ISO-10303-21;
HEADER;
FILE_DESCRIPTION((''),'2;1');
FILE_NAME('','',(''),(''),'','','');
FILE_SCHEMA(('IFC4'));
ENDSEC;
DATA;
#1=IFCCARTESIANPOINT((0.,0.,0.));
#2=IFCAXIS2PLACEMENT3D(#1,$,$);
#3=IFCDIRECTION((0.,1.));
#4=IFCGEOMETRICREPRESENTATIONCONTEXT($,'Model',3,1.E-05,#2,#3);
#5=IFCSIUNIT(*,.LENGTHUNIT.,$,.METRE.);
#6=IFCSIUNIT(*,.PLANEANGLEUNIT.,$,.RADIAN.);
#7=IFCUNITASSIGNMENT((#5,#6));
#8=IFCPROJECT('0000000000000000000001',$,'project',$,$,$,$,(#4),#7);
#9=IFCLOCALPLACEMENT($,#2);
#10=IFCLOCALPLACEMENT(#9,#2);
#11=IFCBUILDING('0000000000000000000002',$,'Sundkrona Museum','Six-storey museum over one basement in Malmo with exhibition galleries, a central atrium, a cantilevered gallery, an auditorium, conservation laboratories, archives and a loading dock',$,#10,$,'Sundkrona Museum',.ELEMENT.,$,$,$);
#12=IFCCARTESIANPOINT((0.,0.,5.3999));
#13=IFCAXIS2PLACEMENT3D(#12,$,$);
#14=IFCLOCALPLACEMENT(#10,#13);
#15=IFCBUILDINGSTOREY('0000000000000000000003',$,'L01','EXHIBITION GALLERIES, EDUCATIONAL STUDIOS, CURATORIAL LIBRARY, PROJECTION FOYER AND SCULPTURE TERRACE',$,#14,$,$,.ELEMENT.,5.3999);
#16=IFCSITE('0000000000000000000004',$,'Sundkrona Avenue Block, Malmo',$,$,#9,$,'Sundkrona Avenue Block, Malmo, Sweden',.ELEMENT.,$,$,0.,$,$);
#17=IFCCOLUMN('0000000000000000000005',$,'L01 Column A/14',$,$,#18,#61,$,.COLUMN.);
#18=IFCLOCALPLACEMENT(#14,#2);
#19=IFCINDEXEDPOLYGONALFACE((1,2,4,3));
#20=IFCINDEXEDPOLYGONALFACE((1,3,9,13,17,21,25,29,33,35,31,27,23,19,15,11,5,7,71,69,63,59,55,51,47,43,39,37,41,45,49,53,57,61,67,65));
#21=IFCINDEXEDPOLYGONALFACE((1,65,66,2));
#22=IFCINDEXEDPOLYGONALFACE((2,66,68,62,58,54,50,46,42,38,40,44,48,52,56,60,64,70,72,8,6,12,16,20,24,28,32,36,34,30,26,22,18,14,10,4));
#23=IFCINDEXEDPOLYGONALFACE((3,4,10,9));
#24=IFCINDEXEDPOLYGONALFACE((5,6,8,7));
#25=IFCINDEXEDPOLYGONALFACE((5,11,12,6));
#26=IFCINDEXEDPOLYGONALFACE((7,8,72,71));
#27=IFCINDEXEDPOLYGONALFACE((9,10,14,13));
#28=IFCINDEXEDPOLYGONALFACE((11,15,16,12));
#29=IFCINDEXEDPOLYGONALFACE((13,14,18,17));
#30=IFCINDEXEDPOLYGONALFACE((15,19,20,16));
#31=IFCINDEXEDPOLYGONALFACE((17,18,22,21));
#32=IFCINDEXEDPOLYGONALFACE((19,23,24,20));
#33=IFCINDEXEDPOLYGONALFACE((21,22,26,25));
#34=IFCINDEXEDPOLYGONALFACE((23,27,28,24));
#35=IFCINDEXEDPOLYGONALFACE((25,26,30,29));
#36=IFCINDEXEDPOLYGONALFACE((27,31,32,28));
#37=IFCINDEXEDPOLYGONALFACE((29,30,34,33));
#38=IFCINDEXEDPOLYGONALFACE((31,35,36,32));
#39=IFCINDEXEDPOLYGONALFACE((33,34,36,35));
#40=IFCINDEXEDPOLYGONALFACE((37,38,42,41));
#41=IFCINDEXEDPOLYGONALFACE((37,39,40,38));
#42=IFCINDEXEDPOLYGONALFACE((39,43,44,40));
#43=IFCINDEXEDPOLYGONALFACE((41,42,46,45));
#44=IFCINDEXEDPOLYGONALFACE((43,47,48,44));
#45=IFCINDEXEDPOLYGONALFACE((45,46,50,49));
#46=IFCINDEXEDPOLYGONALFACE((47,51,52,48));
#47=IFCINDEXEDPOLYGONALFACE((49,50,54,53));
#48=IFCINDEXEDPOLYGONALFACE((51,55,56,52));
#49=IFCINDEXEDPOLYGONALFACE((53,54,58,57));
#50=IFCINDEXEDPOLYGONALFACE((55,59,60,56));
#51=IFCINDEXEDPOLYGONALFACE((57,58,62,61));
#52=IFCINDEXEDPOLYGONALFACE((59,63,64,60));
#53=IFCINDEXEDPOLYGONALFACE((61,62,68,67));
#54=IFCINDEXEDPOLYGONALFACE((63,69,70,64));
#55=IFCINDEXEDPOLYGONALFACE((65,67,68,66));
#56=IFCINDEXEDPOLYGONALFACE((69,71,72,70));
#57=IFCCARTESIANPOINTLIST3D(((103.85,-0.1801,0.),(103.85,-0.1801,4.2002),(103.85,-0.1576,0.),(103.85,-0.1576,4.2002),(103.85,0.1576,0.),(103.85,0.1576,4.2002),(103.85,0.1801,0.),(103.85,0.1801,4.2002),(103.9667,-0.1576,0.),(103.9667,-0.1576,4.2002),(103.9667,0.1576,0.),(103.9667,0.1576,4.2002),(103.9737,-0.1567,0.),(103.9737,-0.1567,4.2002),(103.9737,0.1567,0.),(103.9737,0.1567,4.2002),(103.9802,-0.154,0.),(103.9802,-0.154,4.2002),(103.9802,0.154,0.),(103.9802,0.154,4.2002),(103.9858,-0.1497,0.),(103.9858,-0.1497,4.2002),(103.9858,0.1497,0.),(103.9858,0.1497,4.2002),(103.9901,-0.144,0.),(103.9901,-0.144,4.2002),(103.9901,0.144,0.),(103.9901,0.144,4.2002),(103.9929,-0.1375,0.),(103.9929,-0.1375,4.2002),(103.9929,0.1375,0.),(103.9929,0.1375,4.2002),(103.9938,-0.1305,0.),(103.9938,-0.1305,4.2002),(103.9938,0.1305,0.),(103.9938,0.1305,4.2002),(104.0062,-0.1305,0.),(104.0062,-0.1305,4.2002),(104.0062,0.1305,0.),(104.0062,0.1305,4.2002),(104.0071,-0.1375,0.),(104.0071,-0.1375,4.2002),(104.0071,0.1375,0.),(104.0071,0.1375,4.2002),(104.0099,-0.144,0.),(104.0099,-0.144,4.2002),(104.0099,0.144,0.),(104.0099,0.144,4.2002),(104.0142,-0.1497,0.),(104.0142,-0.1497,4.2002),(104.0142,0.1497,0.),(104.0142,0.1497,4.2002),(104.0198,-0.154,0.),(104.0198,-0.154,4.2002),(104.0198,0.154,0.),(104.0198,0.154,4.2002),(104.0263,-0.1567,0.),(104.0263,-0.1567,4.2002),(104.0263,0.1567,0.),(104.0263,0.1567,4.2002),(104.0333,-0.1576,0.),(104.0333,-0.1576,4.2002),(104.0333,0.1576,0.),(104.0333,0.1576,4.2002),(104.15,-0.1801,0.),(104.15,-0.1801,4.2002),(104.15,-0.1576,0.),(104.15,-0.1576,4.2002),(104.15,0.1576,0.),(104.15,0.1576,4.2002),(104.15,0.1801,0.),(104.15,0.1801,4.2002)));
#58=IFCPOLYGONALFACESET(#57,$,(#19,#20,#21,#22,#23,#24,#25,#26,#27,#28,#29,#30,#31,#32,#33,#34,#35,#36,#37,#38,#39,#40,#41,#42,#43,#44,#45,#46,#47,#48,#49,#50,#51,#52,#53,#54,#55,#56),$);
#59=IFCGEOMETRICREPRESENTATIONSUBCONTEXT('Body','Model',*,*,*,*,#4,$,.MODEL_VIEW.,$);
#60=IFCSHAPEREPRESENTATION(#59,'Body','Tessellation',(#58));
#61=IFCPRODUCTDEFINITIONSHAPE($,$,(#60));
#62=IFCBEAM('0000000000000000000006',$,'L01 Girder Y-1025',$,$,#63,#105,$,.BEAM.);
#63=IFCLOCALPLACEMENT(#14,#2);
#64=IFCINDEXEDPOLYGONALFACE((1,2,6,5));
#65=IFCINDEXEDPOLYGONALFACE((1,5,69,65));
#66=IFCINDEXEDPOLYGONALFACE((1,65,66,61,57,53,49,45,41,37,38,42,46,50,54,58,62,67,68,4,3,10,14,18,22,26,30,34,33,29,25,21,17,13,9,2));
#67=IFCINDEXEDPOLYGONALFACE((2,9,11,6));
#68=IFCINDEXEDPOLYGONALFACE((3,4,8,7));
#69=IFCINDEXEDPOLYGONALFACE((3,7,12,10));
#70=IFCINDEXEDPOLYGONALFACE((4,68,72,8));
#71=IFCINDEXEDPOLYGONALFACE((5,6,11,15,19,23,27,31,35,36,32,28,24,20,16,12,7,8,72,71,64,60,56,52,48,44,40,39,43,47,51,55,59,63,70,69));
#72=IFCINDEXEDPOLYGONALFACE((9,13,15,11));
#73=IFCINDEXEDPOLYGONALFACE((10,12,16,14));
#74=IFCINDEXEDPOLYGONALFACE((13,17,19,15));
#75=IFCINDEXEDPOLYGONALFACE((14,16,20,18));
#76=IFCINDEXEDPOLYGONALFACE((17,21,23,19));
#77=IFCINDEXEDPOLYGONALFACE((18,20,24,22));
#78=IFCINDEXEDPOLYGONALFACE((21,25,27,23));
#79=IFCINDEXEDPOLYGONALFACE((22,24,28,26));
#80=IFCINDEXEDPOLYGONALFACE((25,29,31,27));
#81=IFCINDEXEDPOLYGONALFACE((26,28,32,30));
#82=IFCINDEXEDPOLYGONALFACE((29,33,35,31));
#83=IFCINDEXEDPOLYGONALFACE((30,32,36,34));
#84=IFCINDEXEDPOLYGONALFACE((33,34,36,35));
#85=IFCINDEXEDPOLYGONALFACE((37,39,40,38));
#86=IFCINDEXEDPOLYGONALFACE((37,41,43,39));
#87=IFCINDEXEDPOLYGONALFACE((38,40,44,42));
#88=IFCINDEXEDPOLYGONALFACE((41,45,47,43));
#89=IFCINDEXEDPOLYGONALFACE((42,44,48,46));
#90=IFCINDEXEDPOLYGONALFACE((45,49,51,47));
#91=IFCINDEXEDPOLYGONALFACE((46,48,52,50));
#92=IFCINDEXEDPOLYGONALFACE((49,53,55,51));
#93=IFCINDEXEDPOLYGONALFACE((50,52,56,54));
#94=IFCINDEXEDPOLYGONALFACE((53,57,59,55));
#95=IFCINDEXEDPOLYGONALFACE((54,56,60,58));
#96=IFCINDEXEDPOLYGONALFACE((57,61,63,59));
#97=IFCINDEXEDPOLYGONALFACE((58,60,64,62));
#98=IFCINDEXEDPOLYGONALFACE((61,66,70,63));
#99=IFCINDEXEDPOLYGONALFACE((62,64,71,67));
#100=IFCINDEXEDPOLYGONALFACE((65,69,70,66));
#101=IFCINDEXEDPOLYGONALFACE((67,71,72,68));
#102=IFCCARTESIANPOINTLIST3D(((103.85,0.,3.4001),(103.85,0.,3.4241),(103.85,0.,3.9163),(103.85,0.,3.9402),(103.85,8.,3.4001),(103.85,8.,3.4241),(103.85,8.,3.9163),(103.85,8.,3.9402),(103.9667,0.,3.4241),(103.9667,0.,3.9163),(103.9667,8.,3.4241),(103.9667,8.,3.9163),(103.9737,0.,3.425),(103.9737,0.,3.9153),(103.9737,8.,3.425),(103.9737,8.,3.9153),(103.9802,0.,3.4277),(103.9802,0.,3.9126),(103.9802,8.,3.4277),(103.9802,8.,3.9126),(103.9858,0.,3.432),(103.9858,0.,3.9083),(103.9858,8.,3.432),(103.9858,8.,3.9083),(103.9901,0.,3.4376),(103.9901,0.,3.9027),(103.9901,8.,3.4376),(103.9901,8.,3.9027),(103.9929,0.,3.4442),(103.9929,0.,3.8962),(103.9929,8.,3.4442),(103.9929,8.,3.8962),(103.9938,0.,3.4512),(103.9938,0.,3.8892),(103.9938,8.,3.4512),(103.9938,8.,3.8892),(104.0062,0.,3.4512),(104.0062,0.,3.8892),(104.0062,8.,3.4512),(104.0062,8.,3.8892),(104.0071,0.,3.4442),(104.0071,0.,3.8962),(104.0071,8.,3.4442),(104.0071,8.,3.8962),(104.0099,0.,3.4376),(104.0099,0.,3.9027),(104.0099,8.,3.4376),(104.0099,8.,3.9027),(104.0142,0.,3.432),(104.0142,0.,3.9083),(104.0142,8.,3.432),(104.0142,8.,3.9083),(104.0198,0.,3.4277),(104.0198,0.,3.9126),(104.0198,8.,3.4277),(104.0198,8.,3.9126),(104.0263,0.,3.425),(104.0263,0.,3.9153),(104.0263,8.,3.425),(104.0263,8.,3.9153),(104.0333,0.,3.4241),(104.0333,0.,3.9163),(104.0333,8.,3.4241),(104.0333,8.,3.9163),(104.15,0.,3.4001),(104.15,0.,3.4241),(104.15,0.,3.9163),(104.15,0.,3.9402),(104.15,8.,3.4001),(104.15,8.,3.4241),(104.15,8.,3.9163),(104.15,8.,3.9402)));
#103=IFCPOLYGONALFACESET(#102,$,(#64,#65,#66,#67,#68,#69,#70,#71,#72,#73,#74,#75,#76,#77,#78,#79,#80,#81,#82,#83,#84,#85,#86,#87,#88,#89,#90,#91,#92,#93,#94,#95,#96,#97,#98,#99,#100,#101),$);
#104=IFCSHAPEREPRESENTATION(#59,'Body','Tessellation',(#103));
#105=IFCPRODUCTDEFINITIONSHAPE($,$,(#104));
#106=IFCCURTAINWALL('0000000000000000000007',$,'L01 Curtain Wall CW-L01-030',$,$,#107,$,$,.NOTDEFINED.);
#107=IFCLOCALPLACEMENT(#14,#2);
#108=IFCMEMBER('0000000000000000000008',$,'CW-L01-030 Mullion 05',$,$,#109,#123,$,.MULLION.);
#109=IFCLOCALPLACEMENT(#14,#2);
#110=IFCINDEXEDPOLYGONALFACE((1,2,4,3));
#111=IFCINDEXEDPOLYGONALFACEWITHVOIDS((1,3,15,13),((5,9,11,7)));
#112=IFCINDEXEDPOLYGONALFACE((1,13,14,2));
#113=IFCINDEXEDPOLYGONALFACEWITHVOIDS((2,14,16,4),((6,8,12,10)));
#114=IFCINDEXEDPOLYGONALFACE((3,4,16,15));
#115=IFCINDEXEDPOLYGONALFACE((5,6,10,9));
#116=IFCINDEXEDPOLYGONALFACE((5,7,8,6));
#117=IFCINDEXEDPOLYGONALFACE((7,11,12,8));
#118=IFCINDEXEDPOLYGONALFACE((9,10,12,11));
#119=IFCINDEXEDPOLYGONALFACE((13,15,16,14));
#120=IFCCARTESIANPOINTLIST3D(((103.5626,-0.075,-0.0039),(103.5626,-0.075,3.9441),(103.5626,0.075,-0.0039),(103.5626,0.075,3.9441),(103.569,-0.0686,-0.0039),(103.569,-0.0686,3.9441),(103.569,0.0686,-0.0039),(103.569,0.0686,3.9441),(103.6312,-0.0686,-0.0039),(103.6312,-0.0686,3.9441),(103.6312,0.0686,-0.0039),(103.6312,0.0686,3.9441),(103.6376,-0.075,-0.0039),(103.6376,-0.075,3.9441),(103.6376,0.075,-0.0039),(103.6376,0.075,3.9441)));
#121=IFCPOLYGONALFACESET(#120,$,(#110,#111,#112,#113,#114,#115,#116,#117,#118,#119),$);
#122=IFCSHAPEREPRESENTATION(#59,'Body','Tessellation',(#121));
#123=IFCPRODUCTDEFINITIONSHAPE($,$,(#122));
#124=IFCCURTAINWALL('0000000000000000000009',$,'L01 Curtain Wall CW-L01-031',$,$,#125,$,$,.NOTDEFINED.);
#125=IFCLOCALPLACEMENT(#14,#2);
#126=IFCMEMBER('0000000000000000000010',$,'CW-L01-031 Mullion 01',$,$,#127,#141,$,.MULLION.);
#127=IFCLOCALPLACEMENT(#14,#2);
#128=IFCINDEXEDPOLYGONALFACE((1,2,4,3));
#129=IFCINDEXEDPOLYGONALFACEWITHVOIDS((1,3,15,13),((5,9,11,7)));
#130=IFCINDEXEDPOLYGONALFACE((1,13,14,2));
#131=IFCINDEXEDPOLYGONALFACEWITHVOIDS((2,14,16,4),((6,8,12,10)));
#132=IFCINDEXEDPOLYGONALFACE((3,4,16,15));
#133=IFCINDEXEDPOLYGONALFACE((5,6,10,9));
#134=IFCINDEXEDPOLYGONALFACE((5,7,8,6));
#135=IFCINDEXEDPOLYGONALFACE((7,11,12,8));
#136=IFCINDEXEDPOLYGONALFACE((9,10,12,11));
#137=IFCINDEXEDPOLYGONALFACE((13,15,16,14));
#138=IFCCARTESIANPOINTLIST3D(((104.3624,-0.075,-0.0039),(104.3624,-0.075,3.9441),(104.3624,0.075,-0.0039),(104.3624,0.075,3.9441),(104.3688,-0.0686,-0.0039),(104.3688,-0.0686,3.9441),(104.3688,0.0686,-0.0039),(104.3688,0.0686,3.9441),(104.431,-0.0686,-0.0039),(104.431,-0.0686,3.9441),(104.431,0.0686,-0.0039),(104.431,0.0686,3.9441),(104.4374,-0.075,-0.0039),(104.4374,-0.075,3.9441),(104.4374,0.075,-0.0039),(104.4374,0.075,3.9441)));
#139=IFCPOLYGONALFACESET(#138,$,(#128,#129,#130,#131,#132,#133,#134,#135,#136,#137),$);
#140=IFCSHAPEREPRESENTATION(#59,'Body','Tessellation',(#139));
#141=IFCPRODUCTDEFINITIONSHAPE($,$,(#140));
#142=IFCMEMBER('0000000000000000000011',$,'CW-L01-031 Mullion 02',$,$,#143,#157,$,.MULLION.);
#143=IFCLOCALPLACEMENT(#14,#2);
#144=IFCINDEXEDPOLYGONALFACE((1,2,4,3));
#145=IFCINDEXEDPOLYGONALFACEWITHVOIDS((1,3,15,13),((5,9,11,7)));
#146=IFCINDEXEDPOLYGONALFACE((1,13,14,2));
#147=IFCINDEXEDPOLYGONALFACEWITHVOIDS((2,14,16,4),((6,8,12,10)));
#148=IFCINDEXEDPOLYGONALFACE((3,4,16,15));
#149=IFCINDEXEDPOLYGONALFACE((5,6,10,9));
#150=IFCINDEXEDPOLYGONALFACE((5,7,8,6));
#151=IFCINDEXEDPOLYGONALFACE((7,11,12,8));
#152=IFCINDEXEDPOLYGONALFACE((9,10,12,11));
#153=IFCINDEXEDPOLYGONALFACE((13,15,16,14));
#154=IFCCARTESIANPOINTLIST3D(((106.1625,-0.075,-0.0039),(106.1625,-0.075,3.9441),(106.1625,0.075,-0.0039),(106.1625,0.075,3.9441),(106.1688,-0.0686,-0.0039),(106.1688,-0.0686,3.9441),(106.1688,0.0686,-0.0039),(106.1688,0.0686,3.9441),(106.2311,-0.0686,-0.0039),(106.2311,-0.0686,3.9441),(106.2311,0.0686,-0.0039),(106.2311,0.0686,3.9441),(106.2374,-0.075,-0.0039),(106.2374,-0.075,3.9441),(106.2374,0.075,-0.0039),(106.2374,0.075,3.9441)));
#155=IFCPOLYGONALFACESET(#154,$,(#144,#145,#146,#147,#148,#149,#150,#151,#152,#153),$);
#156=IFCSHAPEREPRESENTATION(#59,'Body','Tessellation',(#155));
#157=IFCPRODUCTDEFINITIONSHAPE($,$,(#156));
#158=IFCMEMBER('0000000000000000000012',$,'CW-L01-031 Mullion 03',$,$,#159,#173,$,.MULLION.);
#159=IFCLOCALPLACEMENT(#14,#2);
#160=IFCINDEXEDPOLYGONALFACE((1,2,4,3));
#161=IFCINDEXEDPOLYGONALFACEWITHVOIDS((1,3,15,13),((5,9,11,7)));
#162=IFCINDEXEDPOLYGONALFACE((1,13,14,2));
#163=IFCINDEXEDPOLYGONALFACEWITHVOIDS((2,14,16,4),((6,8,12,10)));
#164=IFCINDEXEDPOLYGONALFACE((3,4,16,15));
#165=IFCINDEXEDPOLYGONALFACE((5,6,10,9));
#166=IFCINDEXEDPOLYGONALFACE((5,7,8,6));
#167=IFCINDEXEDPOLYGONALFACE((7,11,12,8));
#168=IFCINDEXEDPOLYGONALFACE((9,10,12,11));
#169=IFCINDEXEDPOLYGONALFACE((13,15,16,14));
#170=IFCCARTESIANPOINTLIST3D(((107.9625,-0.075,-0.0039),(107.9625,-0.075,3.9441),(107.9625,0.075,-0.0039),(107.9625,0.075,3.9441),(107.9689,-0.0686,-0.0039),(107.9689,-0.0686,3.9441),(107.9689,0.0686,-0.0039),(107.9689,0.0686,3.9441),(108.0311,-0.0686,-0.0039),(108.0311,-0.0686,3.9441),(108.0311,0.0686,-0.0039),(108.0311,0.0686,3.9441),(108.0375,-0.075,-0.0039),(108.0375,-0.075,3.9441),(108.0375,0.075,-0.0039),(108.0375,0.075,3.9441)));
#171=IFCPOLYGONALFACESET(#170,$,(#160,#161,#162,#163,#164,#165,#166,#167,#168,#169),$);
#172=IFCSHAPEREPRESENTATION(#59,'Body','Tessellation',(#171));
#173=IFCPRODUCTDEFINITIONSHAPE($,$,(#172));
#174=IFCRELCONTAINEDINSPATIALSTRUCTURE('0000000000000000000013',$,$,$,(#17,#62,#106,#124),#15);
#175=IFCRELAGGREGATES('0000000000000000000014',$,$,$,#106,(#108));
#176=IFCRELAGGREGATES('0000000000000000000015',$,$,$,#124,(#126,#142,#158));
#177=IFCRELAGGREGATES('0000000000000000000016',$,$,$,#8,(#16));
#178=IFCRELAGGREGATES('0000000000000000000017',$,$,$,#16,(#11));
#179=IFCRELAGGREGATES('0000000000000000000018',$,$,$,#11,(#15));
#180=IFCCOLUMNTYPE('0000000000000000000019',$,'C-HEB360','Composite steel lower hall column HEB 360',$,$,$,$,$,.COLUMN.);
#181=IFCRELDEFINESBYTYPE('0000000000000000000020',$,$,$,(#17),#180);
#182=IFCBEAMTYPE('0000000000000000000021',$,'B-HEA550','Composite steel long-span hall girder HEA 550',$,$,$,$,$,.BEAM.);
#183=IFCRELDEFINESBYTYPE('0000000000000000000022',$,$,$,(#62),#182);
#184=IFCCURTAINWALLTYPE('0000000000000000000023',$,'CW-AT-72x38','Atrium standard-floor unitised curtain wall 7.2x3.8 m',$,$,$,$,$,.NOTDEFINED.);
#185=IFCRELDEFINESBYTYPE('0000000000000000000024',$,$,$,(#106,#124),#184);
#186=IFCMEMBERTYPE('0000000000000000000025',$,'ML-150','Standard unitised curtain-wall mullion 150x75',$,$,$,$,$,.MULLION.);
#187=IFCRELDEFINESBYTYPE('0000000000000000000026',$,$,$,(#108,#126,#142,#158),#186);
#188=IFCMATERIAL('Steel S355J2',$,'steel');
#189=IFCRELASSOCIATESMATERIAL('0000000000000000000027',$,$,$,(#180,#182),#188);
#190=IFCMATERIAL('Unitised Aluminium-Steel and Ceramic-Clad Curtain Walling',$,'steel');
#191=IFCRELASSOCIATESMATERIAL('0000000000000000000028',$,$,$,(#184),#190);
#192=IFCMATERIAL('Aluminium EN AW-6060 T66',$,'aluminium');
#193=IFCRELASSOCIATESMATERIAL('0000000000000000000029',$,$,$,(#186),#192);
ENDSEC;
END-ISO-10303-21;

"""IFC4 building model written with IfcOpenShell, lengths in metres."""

from ifc_helpers import new_model, si_unit, direction, frame, origin, origin_2d, place, context, subcontext, project, spatial, hollow_rectangle, i_section, extrude, material, material_profile, profile_set, type_object, element, aggregate, save


model = new_model("IFC4")

# Units and contexts
model_context = context("Model", 3, precision=1e-05, world=origin(), true_north=direction((0.0, 1.0)))
body_context = subcontext(model_context, "Body", "Model", "MODEL_VIEW")
ifc_project = project(units=[si_unit("LENGTHUNIT", "METRE"), si_unit("PLANEANGLEUNIT", "RADIAN")], contexts=[model_context])

# Site, building, storey
site_placement = place(None, origin())
site = spatial("IfcSite", under=ifc_project, at=site_placement, Name="Sundkrona Avenue Block, Malmo", LongName="Sundkrona Avenue Block, Malmo, Sweden", CompositionType="ELEMENT", RefElevation=0.0)
building_placement = place(site_placement, origin())
building = spatial("IfcBuilding", under=site, at=building_placement, Name="Sundkrona Museum", Description="Six-storey museum over one basement in Malmo with exhibition galleries, a central atrium, a cantilevered gallery, an auditorium, conservation laboratories, archives and a loading dock", LongName="Sundkrona Museum", CompositionType="ELEMENT")
storey_placement = place(building_placement, frame((0.0, 0.0, 5.3999)))
storey = spatial("IfcBuildingStorey", under=building, at=storey_placement, Name="L01", Description="EXHIBITION GALLERIES, EDUCATIONAL STUDIOS, CURATORIAL LIBRARY, PROJECTION FOYER AND SCULPTURE TERRACE", CompositionType="ELEMENT", Elevation=5.3999)

# Column
ifc_material_1 = material(Name="Steel S355J2", Category="steel")
ifc_material_profile_1 = material_profile(ifc_material_1, i_section(OverallWidth=0.3, OverallDepth=0.3601, WebThickness=0.0125, FlangeThickness=0.0225, FilletRadius=0.0271, at=origin_2d()), Name="HEB 360")
ifc_profile_set_1 = profile_set([ifc_material_profile_1], Name="Steel S355J2")
column_type = type_object("IfcColumnType", Name="C-HEB360", Description="Composite steel lower hall column HEB 360", PredefinedType="COLUMN", material=ifc_profile_set_1)
column_placement = place(storey_placement, frame((104.0, 0.0, 0.0), z_axis=(0.0, 0.0, 1.0), x_axis=(1.0, 0.0, 0.0)))
element("IfcColumn", 1, at=column_placement, inside=storey, type_object=column_type, Name="L01 Column A/14", PredefinedType="COLUMN", context=body_context, shape_type="SweptSolid", body=[
    extrude(i_section(OverallWidth=0.3, OverallDepth=0.3601, WebThickness=0.0125, FlangeThickness=0.0225, FilletRadius=0.0271, at=origin_2d()), origin(), (0.0, 0.0, 1.0), 4.2002),
])

# Beam
ifc_material_profile_2 = material_profile(ifc_material_1, i_section(OverallWidth=0.3, OverallDepth=0.54, WebThickness=0.0125, FlangeThickness=0.0239, FilletRadius=0.0271, at=origin_2d()), Name="HEA 550")
ifc_profile_set_2 = profile_set([ifc_material_profile_2], Name="Steel S355J2")
beam_type_1 = type_object("IfcBeamType", Name="B-HEA550", Description="Composite steel long-span hall girder HEA 550", PredefinedType="BEAM", material=ifc_profile_set_2)
beam_1_placement = place(storey_placement, frame((104.0, 0.0, 3.6702), z_axis=(0.0, 1.0, 0.0), x_axis=(-1.0, 0.0, 0.0)))
element("IfcBeam", 2, at=beam_1_placement, inside=storey, type_object=beam_type_1, Name="L01 Girder Y-1025", PredefinedType="BEAM", context=body_context, shape_type="SweptSolid", body=[
    extrude(i_section(OverallWidth=0.3, OverallDepth=0.54, WebThickness=0.0125, FlangeThickness=0.0239, FilletRadius=0.0271, at=origin_2d()), origin(), (0.0, 0.0, 1.0), 8.0),
])

# Curtain wall, member
ifc_material_2 = material(Name="Unitised Aluminium-Steel and Ceramic-Clad Curtain Walling", Category="steel")
curtain_wall_type = type_object("IfcCurtainWallType", Name="CW-AT-72x38", Description="Atrium standard-floor unitised curtain wall 7.2x3.8 m", PredefinedType="NOTDEFINED", material=ifc_material_2)
curtain_wall_1_placement = place(storey_placement, origin())
curtain_wall_1 = element("IfcCurtainWall", 3, at=curtain_wall_1_placement, inside=storey, type_object=curtain_wall_type, Name="L01 Curtain Wall CW-L01-030", PredefinedType="NOTDEFINED")
ifc_material_3 = material(Name="Aluminium EN AW-6060 T66", Category="aluminium")
ifc_material_profile_3 = material_profile(ifc_material_3, hollow_rectangle(XDim=0.075, YDim=0.1499, WallThickness=0.0063, at=origin_2d()), Name="RHS 150x75x6.3")
ifc_profile_set_3 = profile_set([ifc_material_profile_3], Name="Aluminium EN AW-6060 T66")
member_type_1 = type_object("IfcMemberType", Name="ML-150", Description="Standard unitised curtain-wall mullion 150x75", PredefinedType="MULLION", material=ifc_profile_set_3)
member_1_placement = place(storey_placement, frame((103.6001, 0.0, -0.0039), z_axis=(0.0, 0.0, 1.0), x_axis=(1.0, 0.0, 0.0)))
member_1 = element("IfcMember", 4, at=member_1_placement, type_object=member_type_1, Name="CW-L01-030 Mullion 05", PredefinedType="MULLION", context=body_context, shape_type="SweptSolid", body=[
    extrude(hollow_rectangle(XDim=0.075, YDim=0.1499, WallThickness=0.0063, at=origin_2d()), origin(), (0.0, 0.0, 1.0), 3.948),
])
aggregate(curtain_wall_1, [member_1])

# Curtain wall, members
curtain_wall_2_placement = place(storey_placement, origin())
curtain_wall_2 = element("IfcCurtainWall", 5, at=curtain_wall_2_placement, inside=storey, type_object=curtain_wall_type, Name="L01 Curtain Wall CW-L01-031", PredefinedType="NOTDEFINED")
member_2_placement = place(storey_placement, frame((104.3999, 0.0, -0.0039), z_axis=(0.0, 0.0, 1.0), x_axis=(1.0, 0.0, 0.0)))
member_2 = element("IfcMember", 6, at=member_2_placement, type_object=member_type_1, Name="CW-L01-031 Mullion 01", PredefinedType="MULLION", context=body_context, shape_type="SweptSolid", body=[
    extrude(hollow_rectangle(XDim=0.075, YDim=0.1499, WallThickness=0.0063, at=origin_2d()), origin(), (0.0, 0.0, 1.0), 3.948),
])
member_3_placement = place(storey_placement, frame((106.2, 0.0, -0.0039), z_axis=(0.0, 0.0, 1.0), x_axis=(1.0, 0.0, 0.0)))
member_3 = element("IfcMember", 7, at=member_3_placement, type_object=member_type_1, Name="CW-L01-031 Mullion 02", PredefinedType="MULLION", context=body_context, shape_type="SweptSolid", body=[
    extrude(hollow_rectangle(XDim=0.075, YDim=0.1499, WallThickness=0.0063, at=origin_2d()), origin(), (0.0, 0.0, 1.0), 3.948),
])
member_4_placement = place(storey_placement, frame((108.0, 0.0, -0.0039), z_axis=(0.0, 0.0, 1.0), x_axis=(1.0, 0.0, 0.0)))
member_4 = element("IfcMember", 8, at=member_4_placement, type_object=member_type_1, Name="CW-L01-031 Mullion 03", PredefinedType="MULLION", context=body_context, shape_type="SweptSolid", body=[
    extrude(hollow_rectangle(XDim=0.075, YDim=0.1499, WallThickness=0.0063, at=origin_2d()), origin(), (0.0, 0.0, 1.0), 3.948),
])

aggregate(curtain_wall_2, [member_2, member_3, member_4])

save(model, "model.ifc")
